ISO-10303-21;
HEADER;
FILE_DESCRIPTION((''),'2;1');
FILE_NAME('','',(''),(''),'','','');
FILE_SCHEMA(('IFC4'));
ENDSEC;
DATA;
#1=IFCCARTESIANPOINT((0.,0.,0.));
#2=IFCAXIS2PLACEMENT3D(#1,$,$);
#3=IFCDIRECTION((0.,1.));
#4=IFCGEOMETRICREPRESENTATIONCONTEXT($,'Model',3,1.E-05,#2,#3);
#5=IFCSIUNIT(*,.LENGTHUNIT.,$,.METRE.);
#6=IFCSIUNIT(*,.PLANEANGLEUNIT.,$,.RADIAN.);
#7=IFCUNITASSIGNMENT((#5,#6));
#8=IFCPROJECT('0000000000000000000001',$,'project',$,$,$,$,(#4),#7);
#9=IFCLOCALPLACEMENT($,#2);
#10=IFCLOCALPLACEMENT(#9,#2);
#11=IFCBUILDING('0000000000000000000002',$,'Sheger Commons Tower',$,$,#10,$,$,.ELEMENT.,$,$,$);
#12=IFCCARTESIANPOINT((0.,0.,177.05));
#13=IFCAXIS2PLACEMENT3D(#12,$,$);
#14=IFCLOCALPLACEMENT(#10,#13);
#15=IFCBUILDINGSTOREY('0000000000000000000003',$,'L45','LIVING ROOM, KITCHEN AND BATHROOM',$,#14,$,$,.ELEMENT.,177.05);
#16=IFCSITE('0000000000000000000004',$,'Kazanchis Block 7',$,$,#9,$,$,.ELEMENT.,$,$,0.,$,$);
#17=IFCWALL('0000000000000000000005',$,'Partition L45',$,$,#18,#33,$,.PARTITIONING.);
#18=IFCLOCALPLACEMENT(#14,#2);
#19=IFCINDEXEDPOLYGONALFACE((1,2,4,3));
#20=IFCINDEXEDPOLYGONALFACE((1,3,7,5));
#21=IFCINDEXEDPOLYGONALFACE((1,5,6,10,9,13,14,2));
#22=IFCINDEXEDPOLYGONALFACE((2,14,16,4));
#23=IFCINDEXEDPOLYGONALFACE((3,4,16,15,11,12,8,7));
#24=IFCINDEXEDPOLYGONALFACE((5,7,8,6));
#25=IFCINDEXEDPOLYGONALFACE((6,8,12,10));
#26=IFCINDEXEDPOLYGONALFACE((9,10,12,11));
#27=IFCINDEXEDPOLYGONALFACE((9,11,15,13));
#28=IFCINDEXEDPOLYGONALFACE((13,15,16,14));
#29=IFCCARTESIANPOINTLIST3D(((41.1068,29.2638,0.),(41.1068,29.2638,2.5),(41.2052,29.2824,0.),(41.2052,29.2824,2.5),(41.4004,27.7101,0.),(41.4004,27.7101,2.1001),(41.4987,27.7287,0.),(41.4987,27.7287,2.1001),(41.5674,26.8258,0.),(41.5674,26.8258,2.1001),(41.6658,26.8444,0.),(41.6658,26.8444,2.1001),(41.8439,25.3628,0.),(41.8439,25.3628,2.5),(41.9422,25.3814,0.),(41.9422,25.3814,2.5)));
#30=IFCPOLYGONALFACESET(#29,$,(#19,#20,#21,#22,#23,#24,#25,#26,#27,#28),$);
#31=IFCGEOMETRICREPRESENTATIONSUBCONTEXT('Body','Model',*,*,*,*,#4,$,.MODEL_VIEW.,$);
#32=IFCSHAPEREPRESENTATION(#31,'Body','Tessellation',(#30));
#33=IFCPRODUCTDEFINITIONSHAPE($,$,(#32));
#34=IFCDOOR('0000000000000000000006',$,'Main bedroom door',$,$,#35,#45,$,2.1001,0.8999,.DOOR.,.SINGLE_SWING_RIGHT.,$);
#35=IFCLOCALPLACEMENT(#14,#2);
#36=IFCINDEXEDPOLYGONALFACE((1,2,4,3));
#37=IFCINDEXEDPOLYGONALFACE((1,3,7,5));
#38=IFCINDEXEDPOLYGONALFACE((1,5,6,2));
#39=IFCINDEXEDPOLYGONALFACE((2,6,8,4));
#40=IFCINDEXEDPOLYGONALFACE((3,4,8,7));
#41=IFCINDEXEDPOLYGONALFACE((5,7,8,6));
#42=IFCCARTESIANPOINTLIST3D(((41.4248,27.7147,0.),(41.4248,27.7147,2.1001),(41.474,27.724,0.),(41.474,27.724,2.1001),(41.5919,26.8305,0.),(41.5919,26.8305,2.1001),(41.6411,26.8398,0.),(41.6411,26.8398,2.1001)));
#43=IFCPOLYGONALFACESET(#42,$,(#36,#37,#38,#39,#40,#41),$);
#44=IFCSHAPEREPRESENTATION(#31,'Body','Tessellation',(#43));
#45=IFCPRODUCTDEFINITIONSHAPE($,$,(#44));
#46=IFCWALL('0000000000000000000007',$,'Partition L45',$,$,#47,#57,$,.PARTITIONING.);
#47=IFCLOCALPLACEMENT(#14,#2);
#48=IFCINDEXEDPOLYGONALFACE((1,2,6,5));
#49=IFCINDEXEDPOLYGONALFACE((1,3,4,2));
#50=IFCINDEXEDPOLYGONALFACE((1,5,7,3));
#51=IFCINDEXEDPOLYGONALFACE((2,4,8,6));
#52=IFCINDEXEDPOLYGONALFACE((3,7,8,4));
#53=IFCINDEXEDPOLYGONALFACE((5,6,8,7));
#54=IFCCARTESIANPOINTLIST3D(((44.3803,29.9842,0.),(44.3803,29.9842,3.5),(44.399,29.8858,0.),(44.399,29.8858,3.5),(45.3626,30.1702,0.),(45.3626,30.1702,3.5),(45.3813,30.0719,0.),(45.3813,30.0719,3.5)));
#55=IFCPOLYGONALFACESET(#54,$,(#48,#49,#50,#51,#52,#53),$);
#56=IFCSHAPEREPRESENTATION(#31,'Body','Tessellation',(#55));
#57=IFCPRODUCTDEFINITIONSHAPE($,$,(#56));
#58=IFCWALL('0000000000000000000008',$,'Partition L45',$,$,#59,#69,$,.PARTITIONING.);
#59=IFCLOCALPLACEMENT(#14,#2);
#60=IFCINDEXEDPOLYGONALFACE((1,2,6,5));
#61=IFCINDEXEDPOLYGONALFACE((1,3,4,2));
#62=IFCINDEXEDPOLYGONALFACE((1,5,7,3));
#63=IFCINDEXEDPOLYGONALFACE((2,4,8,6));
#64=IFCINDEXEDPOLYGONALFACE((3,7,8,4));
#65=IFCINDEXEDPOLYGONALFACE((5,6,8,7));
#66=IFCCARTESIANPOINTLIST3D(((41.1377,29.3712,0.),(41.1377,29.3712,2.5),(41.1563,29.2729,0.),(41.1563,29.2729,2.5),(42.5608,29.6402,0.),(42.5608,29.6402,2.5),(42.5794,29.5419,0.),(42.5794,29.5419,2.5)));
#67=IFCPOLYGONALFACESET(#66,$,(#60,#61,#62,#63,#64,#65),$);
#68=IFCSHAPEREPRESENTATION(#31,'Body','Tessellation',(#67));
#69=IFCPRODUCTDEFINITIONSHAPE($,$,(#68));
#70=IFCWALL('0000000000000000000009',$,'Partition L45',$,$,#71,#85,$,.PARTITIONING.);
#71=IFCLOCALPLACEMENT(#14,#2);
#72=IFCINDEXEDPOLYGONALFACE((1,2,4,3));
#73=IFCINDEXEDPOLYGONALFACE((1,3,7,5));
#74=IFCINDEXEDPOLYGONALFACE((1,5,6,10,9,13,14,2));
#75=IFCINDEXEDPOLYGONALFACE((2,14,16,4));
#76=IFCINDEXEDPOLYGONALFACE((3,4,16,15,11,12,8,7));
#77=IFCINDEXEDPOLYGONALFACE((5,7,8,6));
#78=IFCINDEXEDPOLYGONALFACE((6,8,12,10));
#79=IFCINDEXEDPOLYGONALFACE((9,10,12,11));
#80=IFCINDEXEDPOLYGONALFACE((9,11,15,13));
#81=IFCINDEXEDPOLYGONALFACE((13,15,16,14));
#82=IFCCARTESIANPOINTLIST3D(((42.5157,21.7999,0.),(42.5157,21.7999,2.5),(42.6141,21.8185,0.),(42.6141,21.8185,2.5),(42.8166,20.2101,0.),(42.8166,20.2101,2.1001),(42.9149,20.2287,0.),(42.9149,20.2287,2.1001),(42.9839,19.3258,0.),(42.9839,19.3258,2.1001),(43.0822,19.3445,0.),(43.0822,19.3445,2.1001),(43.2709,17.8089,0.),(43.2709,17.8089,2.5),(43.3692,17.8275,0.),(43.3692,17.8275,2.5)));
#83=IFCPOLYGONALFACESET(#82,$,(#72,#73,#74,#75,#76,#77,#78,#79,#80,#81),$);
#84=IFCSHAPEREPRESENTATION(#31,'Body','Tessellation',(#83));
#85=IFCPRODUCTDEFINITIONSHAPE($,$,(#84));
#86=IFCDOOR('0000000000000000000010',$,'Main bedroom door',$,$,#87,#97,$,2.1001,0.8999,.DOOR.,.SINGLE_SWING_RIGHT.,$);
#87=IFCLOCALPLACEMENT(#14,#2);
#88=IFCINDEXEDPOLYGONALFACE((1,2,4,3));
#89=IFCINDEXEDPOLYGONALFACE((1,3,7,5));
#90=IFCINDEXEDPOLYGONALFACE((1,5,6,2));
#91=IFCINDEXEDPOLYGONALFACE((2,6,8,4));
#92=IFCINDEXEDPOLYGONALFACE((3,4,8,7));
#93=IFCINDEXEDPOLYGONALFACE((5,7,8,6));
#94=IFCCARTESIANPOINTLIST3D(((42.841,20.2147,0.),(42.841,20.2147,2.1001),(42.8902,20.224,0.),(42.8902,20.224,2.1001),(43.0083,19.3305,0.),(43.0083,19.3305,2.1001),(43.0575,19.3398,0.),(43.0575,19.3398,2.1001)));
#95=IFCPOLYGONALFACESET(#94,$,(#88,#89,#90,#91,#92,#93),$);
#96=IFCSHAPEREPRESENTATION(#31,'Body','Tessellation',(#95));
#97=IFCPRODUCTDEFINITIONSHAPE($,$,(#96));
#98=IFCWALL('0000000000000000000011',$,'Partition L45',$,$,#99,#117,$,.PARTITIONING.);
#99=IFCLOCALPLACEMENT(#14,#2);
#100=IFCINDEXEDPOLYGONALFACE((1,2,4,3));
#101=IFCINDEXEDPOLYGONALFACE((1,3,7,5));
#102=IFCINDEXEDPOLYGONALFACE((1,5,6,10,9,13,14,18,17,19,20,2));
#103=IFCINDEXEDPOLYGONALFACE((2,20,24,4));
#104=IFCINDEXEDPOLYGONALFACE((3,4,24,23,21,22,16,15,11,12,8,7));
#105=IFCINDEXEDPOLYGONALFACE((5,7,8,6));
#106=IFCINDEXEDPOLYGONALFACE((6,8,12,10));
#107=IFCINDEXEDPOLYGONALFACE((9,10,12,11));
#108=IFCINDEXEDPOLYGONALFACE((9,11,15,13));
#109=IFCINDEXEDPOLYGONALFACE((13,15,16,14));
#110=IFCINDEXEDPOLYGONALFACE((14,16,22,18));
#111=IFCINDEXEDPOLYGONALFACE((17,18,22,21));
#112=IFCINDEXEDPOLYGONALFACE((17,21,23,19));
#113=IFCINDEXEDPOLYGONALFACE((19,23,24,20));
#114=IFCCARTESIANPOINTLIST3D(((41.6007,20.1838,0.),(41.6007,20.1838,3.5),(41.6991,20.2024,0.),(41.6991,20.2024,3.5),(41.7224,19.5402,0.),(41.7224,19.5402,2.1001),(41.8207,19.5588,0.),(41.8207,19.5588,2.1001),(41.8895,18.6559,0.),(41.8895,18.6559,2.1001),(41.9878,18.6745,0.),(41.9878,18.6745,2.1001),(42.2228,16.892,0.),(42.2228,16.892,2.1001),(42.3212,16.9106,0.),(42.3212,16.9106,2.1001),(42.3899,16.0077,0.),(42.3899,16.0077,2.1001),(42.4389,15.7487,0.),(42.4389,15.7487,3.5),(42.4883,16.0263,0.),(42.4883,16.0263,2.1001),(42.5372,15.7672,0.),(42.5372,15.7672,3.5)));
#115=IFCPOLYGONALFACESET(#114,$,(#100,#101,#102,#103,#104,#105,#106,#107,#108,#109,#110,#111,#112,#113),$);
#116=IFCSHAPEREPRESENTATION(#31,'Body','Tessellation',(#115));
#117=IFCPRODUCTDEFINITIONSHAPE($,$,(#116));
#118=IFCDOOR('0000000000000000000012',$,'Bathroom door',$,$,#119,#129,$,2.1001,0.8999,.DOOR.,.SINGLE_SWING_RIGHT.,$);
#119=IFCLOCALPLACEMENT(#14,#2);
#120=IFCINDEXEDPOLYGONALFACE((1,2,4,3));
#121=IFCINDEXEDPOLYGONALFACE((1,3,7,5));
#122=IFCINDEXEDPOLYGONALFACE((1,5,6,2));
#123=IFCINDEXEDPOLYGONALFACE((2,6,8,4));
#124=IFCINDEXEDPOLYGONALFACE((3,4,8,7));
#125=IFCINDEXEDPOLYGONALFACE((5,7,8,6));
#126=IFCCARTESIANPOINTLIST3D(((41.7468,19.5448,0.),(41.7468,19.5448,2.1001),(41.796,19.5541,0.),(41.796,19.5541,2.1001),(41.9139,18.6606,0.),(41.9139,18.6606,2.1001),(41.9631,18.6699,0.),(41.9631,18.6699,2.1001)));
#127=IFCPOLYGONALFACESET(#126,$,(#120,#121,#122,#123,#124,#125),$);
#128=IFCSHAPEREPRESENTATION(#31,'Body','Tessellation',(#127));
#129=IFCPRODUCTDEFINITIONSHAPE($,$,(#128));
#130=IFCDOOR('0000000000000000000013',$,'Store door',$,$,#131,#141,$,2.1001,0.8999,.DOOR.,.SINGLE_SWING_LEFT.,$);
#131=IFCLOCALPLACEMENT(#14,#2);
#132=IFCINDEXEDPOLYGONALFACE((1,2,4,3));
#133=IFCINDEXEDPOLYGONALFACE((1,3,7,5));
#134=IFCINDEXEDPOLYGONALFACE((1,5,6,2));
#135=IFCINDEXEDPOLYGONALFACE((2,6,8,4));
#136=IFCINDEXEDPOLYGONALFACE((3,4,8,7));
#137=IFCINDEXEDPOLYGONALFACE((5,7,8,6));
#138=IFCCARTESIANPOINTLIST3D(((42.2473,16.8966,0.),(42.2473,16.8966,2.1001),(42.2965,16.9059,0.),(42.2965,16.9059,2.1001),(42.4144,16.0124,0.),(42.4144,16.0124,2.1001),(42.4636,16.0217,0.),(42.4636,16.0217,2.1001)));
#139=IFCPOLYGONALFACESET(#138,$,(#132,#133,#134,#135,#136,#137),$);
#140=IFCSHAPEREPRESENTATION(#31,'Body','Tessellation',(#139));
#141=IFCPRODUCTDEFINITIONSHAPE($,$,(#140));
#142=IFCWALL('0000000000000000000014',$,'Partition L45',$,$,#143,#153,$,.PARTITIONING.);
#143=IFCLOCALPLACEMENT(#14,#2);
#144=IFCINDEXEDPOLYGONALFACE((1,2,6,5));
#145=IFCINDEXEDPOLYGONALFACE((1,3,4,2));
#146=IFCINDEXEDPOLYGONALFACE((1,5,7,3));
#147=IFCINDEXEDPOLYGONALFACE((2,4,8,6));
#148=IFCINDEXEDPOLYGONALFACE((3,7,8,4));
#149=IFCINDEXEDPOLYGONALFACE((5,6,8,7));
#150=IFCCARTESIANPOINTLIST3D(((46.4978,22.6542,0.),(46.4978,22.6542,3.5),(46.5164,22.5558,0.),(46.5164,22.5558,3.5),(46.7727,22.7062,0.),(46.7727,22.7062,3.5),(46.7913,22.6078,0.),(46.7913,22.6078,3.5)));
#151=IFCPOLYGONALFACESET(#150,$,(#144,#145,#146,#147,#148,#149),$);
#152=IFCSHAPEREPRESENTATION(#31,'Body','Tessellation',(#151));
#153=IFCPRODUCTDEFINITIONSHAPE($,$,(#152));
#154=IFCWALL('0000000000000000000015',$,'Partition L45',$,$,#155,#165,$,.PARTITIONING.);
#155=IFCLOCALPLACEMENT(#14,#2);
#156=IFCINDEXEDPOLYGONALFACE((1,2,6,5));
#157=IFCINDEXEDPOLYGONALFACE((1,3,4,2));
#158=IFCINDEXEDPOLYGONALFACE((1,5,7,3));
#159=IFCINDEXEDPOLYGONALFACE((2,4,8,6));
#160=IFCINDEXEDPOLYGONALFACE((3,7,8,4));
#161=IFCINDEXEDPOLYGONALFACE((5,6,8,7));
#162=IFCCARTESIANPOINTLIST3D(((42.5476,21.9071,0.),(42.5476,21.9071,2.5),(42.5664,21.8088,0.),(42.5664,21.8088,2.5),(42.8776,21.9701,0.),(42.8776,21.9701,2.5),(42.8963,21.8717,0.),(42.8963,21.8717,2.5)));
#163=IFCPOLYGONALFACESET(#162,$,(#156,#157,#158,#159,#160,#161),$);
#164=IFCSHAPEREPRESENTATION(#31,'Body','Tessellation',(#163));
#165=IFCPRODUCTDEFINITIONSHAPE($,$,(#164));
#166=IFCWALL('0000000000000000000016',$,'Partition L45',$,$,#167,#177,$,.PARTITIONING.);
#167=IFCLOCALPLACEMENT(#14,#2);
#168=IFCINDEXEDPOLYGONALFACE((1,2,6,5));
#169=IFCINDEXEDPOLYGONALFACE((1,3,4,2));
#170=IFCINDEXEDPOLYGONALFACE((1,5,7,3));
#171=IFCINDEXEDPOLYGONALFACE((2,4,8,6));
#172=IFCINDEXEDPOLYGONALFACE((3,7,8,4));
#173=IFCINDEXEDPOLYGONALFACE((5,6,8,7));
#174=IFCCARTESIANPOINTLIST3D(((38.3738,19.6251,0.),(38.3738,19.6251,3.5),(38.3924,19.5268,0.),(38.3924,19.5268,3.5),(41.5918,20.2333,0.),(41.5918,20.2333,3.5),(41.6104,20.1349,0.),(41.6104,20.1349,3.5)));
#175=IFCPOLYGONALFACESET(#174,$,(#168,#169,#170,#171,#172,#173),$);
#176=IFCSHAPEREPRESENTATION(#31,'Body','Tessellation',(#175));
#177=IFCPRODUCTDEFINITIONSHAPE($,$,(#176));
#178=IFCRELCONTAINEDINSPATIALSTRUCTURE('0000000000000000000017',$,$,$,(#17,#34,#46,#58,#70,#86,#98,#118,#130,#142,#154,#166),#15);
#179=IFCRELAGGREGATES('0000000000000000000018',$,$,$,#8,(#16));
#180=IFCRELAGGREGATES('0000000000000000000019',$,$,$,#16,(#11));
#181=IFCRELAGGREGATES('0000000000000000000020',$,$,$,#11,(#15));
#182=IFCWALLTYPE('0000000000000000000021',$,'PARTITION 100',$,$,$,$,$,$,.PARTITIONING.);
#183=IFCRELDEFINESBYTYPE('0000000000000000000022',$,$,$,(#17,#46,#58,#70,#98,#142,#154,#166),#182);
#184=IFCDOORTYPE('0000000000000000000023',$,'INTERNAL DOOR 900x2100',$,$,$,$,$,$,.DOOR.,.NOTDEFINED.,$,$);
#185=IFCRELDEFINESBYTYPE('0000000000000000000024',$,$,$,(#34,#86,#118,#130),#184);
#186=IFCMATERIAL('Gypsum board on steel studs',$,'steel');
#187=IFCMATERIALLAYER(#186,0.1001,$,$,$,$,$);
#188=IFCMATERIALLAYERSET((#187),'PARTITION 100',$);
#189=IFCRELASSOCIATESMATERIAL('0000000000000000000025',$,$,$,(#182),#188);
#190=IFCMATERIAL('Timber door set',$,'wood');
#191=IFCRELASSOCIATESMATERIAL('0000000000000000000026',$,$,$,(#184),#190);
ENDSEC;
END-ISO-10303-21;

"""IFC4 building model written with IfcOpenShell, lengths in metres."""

from ifc_helpers import new_model, si_unit, direction, frame, frame_2d, origin, place, context, subcontext, project, spatial, rectangle, extrude, material, layer, layer_set, type_object, element, fill, save


model = new_model("IFC4")

# Units and contexts
model_context = context("Model", 3, precision=1e-05, world=origin(), true_north=direction((0.0, 1.0)))
body_context = subcontext(model_context, "Body", "Model", "MODEL_VIEW")
ifc_project = project(units=[si_unit("LENGTHUNIT", "METRE"), si_unit("PLANEANGLEUNIT", "RADIAN")], contexts=[model_context])

# Site, building, storey
site_placement = place(None, origin())
site = spatial("IfcSite", under=ifc_project, at=site_placement, Name="Kazanchis Block 7", CompositionType="ELEMENT", RefElevation=0.0)
building_placement = place(site_placement, origin())
building = spatial("IfcBuilding", under=site, at=building_placement, Name="Sheger Commons Tower", CompositionType="ELEMENT")
storey_placement = place(building_placement, frame((0.0, 0.0, 177.05)))
storey = spatial("IfcBuildingStorey", under=building, at=storey_placement, Name="L45", Description="LIVING ROOM, KITCHEN AND BATHROOM", CompositionType="ELEMENT", Elevation=177.05)

# Shared definitions
ifc_material_1 = material(Name="Gypsum board on steel studs", Category="steel")
ifc_layer_1 = layer(ifc_material_1, 0.1001)
ifc_layer_set_1 = layer_set([ifc_layer_1], Name="PARTITION 100")
wall_type_1 = type_object("IfcWallType", Name="PARTITION 100", PredefinedType="PARTITIONING", material=ifc_layer_set_1)

# Wall, opening, door
wall_1_placement = place(storey_placement, frame((41.156, 29.2729, 0.0), z_axis=(0.0, 0.0, 1.0), x_axis=(0.185662, -0.982614, 0.0)))
wall_1 = element("IfcWall", 1, at=wall_1_placement, inside=storey, type_object=wall_type_1, Name="Partition L45", PredefinedType="PARTITIONING", context=body_context, shape_type="SweptSolid", body=[
    extrude(rectangle(XDim=3.97, YDim=0.1001, at=frame_2d((1.9849, 0.0))), origin(), (0.0, 0.0, 1.0), 2.5),
])
opening_1_placement = place(wall_1_placement, frame((1.5811, 0.0, 0.0)))
opening_1 = element("IfcOpeningElement", 2, at=opening_1_placement, cuts=wall_1, PredefinedType="OPENING", context=body_context, shape_type="SweptSolid", body=[
    extrude(rectangle(XDim=0.8999, YDim=2.1001, at=frame_2d((0.45, 1.05))), frame((0.0, 0.0601, 0.0), z_axis=(0.0, -1.0, 0.0), x_axis=(1.0, 0.0, 0.0)), (0.0, 0.0, 1.0), 0.1201),
])
ifc_material_2 = material(Name="Timber door set", Category="wood")
door_type = type_object("IfcDoorType", Name="INTERNAL DOOR 900x2100", OperationType="NOTDEFINED", PredefinedType="DOOR", material=ifc_material_2)
door_1_placement = place(opening_1_placement, origin())
door_1 = element("IfcDoor", 3, at=door_1_placement, inside=storey, type_object=door_type, Name="Main bedroom door", OperationType="SINGLE_SWING_RIGHT", OverallHeight=2.1001, OverallWidth=0.8999, PredefinedType="DOOR", context=body_context, shape_type="SweptSolid", body=[
    extrude(rectangle(XDim=0.8999, YDim=2.1001, at=frame_2d((0.45, 1.05))), frame((0.0, 0.0249, 0.0), z_axis=(0.0, -1.0, 0.0), x_axis=(1.0, 0.0, 0.0)), (0.0, 0.0, 1.0), 0.05),
])
fill(opening_1, door_1)

# Walls
wall_2_placement = place(storey_placement, frame((45.3721, 30.1211, 0.0), z_axis=(0.0, 0.0, 1.0), x_axis=(-0.98253, -0.186102, 0.0)))
element("IfcWall", 4, at=wall_2_placement, inside=storey, type_object=wall_type_1, Name="Partition L45", PredefinedType="PARTITIONING", context=body_context, shape_type="SweptSolid", body=[
    extrude(rectangle(XDim=0.9998, YDim=0.1001, at=frame_2d((0.5, 0.0))), origin(), (0.0, 0.0, 1.0), 3.5),
])
wall_3_placement = place(storey_placement, frame((42.5701, 29.5911, 0.0), z_axis=(0.0, 0.0, 1.0), x_axis=(-0.982594, -0.185764, 0.0)))
element("IfcWall", 5, at=wall_3_placement, inside=storey, type_object=wall_type_1, Name="Partition L45", PredefinedType="PARTITIONING", context=body_context, shape_type="SweptSolid", body=[
    extrude(rectangle(XDim=1.4482, YDim=0.1001, at=frame_2d((0.7241, 0.0))), origin(), (0.0, 0.0, 1.0), 2.5),
])

# Wall, opening, door
wall_4_placement = place(storey_placement, frame((42.5649, 21.8091, 0.0), z_axis=(0.0, 0.0, 1.0), x_axis=(0.18591, -0.982567, 0.0)))
wall_4 = element("IfcWall", 6, at=wall_4_placement, inside=storey, type_object=wall_type_1, Name="Partition L45", PredefinedType="PARTITIONING", context=body_context, shape_type="SweptSolid", body=[
    extrude(rectangle(XDim=4.0618, YDim=0.1001, at=frame_2d((2.0308, 0.0))), origin(), (0.0, 0.0, 1.0), 2.5),
])
opening_2_placement = place(wall_4_placement, frame((1.6179, 0.0, 0.0)))
opening_2 = element("IfcOpeningElement", 7, at=opening_2_placement, cuts=wall_4, PredefinedType="OPENING", context=body_context, shape_type="SweptSolid", body=[
    extrude(rectangle(XDim=0.8999, YDim=2.1001, at=frame_2d((0.45, 1.05))), frame((0.0, 0.0601, 0.0), z_axis=(0.0, -1.0, 0.0), x_axis=(1.0, 0.0, 0.0)), (0.0, 0.0, 1.0), 0.1201),
])
door_2_placement = place(opening_2_placement, origin())
door_2 = element("IfcDoor", 8, at=door_2_placement, inside=storey, type_object=door_type, Name="Main bedroom door", OperationType="SINGLE_SWING_RIGHT", OverallHeight=2.1001, OverallWidth=0.8999, PredefinedType="DOOR", context=body_context, shape_type="SweptSolid", body=[
    extrude(rectangle(XDim=0.8999, YDim=2.1001, at=frame_2d((0.45, 1.05))), frame((0.0, 0.0249, 0.0), z_axis=(0.0, -1.0, 0.0), x_axis=(1.0, 0.0, 0.0)), (0.0, 0.0, 1.0), 0.05),
])
fill(opening_2, door_2)

# Wall, openings, doors
wall_5_placement = place(storey_placement, frame((41.6499, 20.1931, 0.0), z_axis=(0.0, 0.0, 1.0), x_axis=(0.185693, -0.982608, 0.0)))
wall_5 = element("IfcWall", 9, at=wall_5_placement, inside=storey, type_object=wall_type_1, Name="Partition L45", PredefinedType="PARTITIONING", context=body_context, shape_type="SweptSolid", body=[
    extrude(rectangle(XDim=4.5137, YDim=0.1001, at=frame_2d((2.2568, 0.0))), origin(), (0.0, 0.0, 1.0), 3.5),
])
opening_3_placement = place(wall_5_placement, frame((0.655, 0.0, 0.0)))
opening_3 = element("IfcOpeningElement", 10, at=opening_3_placement, cuts=wall_5, PredefinedType="OPENING", context=body_context, shape_type="SweptSolid", body=[
    extrude(rectangle(XDim=0.8999, YDim=2.1001, at=frame_2d((0.45, 1.05))), frame((0.0, 0.0601, 0.0), z_axis=(0.0, -1.0, 0.0), x_axis=(1.0, 0.0, 0.0)), (0.0, 0.0, 1.0), 0.1201),
])
opening_4_placement = place(wall_5_placement, frame((3.3501, 0.0, 0.0)))
opening_4 = element("IfcOpeningElement", 11, at=opening_4_placement, cuts=wall_5, PredefinedType="OPENING", context=body_context, shape_type="SweptSolid", body=[
    extrude(rectangle(XDim=0.8999, YDim=2.1001, at=frame_2d((0.45, 1.05))), frame((0.0, 0.0601, 0.0), z_axis=(0.0, -1.0, 0.0), x_axis=(1.0, 0.0, 0.0)), (0.0, 0.0, 1.0), 0.1201),
])
door_3_placement = place(opening_3_placement, origin())
door_3 = element("IfcDoor", 12, at=door_3_placement, inside=storey, type_object=door_type, Name="Bathroom door", OperationType="SINGLE_SWING_RIGHT", OverallHeight=2.1001, OverallWidth=0.8999, PredefinedType="DOOR", context=body_context, shape_type="SweptSolid", body=[
    extrude(rectangle(XDim=0.8999, YDim=2.1001, at=frame_2d((0.45, 1.05))), frame((0.0, 0.0249, 0.0), z_axis=(0.0, -1.0, 0.0), x_axis=(1.0, 0.0, 0.0)), (0.0, 0.0, 1.0), 0.05),
])
fill(opening_3, door_3)
door_4_placement = place(opening_4_placement, origin())
door_4 = element("IfcDoor", 13, at=door_4_placement, inside=storey, type_object=door_type, Name="Store door", OperationType="SINGLE_SWING_LEFT", OverallHeight=2.1001, OverallWidth=0.8999, PredefinedType="DOOR", context=body_context, shape_type="SweptSolid", body=[
    extrude(rectangle(XDim=0.8999, YDim=2.1001, at=frame_2d((0.45, 1.05))), frame((0.0, 0.0249, 0.0), z_axis=(0.0, -1.0, 0.0), x_axis=(1.0, 0.0, 0.0)), (0.0, 0.0, 1.0), 0.05),
])
fill(opening_4, door_4)

# Walls
wall_6_placement = place(storey_placement, frame((46.782, 22.657, 0.0), z_axis=(0.0, 0.0, 1.0), x_axis=(-0.982575, -0.185869, 0.0)))
element("IfcWall", 14, at=wall_6_placement, inside=storey, type_object=wall_type_1, Name="Partition L45", PredefinedType="PARTITIONING", context=body_context, shape_type="SweptSolid", body=[
    extrude(rectangle(XDim=0.2798, YDim=0.1001, at=frame_2d((0.1399, 0.0))), origin(), (0.0, 0.0, 1.0), 3.5),
])
wall_7_placement = place(storey_placement, frame((42.887, 21.9209, 0.0), z_axis=(0.0, 0.0, 1.0), x_axis=(-0.982275, -0.187446, 0.0)))
element("IfcWall", 15, at=wall_7_placement, inside=storey, type_object=wall_type_1, Name="Partition L45", PredefinedType="PARTITIONING", context=body_context, shape_type="SweptSolid", body=[
    extrude(rectangle(XDim=0.3359, YDim=0.1001, at=frame_2d((0.168, 0.0))), origin(), (0.0, 0.0, 1.0), 2.5),
])
wall_8_placement = place(storey_placement, frame((41.6011, 20.1841, 0.0), z_axis=(0.0, 0.0, 1.0), x_axis=(-0.982607, -0.185697, 0.0)))
element("IfcWall", 16, at=wall_8_placement, inside=storey, type_object=wall_type_1, Name="Partition L45", PredefinedType="PARTITIONING", context=body_context, shape_type="SweptSolid", body=[
    extrude(rectangle(XDim=3.2749, YDim=0.1001, at=frame_2d((1.6375, 0.0))), origin(), (0.0, 0.0, 1.0), 3.5),
])

save(model, "model.ifc")
